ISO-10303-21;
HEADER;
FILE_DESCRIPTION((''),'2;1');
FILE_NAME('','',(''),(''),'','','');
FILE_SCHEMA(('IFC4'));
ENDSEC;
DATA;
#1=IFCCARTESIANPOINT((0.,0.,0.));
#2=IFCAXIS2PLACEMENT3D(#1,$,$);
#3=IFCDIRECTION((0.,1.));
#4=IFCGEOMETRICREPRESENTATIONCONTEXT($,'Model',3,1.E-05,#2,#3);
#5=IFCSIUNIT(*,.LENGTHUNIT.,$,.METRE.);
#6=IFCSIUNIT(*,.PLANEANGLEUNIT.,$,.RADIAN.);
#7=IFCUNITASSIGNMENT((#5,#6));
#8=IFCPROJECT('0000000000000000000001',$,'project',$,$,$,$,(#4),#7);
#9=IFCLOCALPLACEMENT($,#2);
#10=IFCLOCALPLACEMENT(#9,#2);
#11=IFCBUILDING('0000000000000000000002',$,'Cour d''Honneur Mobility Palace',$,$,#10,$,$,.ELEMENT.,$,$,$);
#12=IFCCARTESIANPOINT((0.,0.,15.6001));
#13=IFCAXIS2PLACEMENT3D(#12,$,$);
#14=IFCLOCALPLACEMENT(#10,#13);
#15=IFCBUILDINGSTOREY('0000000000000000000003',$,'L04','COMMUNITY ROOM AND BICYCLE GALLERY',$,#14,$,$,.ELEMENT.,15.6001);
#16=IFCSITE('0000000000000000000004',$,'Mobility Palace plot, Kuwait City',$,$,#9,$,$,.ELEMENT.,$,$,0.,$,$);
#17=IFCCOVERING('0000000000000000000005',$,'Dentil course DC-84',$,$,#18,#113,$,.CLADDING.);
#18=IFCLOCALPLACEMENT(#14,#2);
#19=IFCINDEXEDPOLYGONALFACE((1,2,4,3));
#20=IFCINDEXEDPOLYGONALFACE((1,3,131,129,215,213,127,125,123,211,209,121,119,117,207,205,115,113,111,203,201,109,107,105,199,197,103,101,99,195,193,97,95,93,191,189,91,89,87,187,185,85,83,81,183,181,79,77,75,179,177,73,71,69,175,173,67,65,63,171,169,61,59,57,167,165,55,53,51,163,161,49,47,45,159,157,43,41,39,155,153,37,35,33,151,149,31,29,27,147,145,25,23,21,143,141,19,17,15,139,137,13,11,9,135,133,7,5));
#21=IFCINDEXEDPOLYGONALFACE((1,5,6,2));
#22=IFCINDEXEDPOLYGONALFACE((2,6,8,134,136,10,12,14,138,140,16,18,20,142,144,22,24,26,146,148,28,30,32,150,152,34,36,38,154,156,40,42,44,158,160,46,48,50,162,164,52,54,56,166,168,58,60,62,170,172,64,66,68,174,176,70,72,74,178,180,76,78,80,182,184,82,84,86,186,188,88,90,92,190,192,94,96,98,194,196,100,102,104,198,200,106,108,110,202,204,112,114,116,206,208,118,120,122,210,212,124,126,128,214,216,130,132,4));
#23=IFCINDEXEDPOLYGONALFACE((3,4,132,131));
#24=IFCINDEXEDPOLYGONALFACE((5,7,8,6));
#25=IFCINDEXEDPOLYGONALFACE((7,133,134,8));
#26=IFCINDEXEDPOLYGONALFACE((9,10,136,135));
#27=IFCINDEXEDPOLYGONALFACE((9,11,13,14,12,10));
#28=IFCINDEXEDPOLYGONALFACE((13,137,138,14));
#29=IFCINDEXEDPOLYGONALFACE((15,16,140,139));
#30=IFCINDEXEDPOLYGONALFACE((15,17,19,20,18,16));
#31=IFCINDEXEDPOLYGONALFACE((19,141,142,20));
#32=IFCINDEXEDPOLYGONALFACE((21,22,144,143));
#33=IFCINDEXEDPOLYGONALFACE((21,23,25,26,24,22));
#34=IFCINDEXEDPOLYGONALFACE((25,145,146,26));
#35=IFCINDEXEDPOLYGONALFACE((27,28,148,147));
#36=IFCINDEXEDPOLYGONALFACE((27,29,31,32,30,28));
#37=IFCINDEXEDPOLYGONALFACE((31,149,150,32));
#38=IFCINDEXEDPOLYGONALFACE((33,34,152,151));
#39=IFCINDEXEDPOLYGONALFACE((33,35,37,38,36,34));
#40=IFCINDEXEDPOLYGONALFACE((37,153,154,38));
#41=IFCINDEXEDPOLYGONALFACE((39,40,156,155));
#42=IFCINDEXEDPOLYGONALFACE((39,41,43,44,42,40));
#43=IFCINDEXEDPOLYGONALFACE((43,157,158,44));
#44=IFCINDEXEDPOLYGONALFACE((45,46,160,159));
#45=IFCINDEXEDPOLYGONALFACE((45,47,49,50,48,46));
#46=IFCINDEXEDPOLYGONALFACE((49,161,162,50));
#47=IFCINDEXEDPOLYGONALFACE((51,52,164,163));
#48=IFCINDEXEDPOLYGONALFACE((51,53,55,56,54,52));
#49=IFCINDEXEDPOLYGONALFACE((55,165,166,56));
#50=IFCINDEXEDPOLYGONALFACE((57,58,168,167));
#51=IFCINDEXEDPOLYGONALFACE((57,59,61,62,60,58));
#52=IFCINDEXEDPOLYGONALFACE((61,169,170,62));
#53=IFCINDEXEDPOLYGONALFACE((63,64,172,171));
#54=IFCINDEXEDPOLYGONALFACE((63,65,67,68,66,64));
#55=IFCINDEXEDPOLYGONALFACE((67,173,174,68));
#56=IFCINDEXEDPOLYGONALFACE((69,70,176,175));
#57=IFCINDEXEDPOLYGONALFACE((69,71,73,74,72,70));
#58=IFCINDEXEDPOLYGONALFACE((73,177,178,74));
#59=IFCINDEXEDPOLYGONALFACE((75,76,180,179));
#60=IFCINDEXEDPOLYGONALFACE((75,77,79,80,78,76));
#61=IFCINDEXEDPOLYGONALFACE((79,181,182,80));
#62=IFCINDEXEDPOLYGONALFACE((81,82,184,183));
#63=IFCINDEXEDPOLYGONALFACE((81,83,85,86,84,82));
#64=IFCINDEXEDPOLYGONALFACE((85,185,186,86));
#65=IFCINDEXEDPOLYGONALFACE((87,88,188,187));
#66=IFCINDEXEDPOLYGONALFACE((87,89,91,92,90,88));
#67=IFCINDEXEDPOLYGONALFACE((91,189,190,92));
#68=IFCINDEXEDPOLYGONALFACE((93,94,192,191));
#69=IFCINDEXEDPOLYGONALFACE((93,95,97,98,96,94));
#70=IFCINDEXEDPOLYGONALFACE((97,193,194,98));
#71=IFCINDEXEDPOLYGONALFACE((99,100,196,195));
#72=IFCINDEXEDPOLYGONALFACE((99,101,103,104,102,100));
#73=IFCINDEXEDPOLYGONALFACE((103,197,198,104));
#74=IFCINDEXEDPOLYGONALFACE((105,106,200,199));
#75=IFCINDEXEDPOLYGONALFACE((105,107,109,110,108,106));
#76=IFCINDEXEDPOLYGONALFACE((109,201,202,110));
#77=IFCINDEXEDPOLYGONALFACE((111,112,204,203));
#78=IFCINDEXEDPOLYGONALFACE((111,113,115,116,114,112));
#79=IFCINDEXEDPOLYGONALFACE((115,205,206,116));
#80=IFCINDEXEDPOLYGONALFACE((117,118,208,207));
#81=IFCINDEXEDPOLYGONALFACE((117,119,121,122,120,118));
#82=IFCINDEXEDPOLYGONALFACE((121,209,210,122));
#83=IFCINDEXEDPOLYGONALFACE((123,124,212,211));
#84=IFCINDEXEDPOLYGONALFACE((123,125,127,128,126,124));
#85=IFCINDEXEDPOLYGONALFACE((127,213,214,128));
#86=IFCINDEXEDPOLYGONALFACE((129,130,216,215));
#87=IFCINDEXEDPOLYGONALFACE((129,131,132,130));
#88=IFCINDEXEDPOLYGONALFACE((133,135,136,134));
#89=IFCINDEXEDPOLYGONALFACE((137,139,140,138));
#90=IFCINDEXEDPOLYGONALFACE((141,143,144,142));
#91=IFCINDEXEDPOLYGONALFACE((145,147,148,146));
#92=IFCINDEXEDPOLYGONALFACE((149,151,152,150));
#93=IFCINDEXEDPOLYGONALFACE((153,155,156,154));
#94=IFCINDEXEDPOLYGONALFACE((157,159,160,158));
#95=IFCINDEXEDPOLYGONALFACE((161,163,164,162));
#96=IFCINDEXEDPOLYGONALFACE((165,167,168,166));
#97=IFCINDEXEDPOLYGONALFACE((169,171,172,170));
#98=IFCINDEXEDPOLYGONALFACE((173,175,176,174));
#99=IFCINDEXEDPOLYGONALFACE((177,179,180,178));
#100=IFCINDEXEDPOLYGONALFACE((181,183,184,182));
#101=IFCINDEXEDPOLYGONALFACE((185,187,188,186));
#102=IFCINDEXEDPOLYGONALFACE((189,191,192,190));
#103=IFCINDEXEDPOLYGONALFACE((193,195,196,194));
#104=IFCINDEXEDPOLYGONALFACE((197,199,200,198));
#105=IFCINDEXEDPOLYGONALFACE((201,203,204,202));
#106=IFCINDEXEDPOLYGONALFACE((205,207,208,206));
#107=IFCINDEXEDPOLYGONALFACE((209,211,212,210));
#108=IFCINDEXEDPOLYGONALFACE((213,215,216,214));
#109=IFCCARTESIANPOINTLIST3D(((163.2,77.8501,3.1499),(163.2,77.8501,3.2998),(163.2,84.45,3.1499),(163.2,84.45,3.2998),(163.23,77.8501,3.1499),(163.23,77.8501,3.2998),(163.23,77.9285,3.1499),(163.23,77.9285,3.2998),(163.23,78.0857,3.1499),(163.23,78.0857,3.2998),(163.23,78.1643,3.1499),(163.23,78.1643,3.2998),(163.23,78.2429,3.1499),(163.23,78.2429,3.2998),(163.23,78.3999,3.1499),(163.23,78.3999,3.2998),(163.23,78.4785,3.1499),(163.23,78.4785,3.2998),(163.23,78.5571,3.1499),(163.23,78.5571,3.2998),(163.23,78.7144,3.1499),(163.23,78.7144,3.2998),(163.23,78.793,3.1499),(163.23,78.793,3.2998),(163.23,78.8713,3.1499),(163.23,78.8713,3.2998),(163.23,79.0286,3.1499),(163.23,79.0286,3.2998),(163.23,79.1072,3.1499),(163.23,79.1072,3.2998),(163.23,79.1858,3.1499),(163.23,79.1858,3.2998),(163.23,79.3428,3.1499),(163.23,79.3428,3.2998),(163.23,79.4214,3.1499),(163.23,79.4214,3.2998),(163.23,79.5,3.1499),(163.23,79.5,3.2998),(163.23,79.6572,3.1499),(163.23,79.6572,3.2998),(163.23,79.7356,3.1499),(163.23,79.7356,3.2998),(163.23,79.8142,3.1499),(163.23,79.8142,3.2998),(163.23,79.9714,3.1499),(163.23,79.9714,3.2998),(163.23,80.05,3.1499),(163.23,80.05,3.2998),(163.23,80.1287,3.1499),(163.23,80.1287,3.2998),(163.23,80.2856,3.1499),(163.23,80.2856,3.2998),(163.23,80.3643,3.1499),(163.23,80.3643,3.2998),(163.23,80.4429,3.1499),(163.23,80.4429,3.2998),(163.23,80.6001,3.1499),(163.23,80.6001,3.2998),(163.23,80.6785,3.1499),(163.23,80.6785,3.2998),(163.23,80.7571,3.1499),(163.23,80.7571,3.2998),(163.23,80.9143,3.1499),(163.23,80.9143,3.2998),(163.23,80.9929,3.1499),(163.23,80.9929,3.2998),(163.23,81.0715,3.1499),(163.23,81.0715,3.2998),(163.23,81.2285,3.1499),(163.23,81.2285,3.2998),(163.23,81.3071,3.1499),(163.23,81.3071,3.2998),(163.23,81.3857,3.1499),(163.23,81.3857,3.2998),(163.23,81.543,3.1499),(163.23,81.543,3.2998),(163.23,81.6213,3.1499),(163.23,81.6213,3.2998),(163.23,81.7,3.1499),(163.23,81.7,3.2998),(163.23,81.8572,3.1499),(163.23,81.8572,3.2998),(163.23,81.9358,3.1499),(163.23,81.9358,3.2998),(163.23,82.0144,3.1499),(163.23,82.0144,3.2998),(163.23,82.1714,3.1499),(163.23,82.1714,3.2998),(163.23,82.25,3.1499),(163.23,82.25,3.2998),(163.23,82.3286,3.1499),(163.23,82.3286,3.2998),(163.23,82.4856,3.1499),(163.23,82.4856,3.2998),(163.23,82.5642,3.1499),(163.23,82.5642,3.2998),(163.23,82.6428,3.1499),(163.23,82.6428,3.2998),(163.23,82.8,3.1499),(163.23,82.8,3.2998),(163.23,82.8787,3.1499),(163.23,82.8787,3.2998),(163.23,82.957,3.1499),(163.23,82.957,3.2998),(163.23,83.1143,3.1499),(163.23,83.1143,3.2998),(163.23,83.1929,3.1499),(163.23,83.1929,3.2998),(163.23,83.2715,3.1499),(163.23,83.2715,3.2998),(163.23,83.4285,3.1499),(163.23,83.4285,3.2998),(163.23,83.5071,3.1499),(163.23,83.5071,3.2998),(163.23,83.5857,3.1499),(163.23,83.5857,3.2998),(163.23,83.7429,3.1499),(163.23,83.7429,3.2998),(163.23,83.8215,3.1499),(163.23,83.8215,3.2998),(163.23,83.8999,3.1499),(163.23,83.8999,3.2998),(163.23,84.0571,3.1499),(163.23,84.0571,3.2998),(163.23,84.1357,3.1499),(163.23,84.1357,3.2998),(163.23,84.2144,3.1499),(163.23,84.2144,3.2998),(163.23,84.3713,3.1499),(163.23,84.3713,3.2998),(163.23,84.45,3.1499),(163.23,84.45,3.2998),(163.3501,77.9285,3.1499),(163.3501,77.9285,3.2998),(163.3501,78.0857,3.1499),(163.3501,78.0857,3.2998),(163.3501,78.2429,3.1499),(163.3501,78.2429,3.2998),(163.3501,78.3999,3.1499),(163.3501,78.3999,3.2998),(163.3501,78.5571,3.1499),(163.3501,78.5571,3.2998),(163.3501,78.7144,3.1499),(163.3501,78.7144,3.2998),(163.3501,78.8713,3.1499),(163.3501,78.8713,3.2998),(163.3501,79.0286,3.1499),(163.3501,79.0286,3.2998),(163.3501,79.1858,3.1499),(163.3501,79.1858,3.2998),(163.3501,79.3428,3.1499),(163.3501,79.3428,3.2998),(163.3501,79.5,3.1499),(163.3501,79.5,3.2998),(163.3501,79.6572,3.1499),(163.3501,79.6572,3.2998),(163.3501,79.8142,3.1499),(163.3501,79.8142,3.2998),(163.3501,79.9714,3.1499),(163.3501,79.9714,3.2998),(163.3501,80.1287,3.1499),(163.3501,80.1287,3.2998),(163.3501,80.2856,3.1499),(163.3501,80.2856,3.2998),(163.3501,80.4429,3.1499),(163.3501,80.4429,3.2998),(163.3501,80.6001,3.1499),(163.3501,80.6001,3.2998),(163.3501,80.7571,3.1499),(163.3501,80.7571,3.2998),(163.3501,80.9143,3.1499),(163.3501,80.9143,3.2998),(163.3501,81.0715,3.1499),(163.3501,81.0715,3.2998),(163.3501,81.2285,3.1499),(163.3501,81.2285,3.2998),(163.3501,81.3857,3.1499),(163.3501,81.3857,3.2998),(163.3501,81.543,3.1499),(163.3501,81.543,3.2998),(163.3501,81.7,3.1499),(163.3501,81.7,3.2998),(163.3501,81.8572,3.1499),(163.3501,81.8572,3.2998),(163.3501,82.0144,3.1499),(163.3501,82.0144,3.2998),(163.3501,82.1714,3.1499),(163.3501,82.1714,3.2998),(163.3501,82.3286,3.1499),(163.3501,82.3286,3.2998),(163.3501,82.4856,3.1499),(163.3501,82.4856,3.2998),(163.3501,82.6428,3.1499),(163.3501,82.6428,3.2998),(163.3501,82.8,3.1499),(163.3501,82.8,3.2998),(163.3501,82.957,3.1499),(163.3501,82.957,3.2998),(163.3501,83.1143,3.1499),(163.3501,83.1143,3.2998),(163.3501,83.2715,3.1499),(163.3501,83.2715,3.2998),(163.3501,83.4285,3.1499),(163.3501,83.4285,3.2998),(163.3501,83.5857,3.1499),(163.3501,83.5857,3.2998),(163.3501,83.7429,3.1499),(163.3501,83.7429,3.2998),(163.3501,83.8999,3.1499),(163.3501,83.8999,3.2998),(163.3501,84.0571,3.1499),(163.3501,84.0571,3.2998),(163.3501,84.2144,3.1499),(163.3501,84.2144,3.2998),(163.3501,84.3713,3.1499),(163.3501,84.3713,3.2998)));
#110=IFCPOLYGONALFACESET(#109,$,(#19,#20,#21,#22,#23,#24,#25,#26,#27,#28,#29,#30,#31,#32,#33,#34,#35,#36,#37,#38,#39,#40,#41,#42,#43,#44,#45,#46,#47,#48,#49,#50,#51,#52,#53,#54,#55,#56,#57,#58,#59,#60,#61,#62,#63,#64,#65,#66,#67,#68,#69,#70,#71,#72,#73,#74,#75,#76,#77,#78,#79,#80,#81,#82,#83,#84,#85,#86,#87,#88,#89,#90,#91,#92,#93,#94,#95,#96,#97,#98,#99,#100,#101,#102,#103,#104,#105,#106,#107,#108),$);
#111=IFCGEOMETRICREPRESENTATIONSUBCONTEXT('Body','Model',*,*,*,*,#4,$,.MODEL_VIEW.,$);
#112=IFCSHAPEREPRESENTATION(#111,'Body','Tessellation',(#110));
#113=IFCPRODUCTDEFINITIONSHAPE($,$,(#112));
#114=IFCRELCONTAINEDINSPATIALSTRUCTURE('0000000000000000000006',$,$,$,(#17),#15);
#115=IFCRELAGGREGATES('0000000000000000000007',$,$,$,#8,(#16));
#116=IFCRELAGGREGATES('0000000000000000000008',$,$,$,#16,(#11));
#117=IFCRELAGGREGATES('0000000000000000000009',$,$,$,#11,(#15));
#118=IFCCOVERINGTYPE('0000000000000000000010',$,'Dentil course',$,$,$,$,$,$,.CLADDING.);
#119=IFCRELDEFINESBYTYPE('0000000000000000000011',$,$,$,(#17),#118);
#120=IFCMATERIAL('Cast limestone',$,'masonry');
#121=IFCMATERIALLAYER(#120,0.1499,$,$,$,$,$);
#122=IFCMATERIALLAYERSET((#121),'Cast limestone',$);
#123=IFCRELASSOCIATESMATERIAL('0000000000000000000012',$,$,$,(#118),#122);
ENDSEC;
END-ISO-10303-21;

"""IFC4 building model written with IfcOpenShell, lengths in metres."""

from ifc_helpers import new_model, si_unit, direction, frame, origin, place, context, subcontext, project, spatial, polyline, outline, extrude, material, layer, layer_set, type_object, element, save


model = new_model("IFC4")

# Units and contexts
model_context = context("Model", 3, precision=1e-05, world=origin(), true_north=direction((0.0, 1.0)))
body_context = subcontext(model_context, "Body", "Model", "MODEL_VIEW")
ifc_project = project(units=[si_unit("LENGTHUNIT", "METRE"), si_unit("PLANEANGLEUNIT", "RADIAN")], contexts=[model_context])

# Site, building, storey
site_placement = place(None, origin())
site = spatial("IfcSite", under=ifc_project, at=site_placement, Name="Mobility Palace plot, Kuwait City", CompositionType="ELEMENT", RefElevation=0.0)
building_placement = place(site_placement, origin())
building = spatial("IfcBuilding", under=site, at=building_placement, Name="Cour d'Honneur Mobility Palace", CompositionType="ELEMENT")
storey_placement = place(building_placement, frame((0.0, 0.0, 15.6001)))
storey = spatial("IfcBuildingStorey", under=building, at=storey_placement, Name="L04", Description="COMMUNITY ROOM AND BICYCLE GALLERY", CompositionType="ELEMENT", Elevation=15.6001)

# Covering
ifc_material_1 = material(Name="Cast limestone", Category="masonry")
ifc_layer_1 = layer(ifc_material_1, 0.1499)
ifc_layer_set_1 = layer_set([ifc_layer_1], Name="Cast limestone")
covering_type_1 = type_object("IfcCoveringType", Name="Dentil course", PredefinedType="CLADDING", material=ifc_layer_set_1)
covering_1_placement = place(storey_placement, frame((0.0, 0.0, 3.1499)))
element("IfcCovering", 1, at=covering_1_placement, inside=storey, type_object=covering_type_1, Name="Dentil course DC-84", PredefinedType="CLADDING", context=body_context, shape_type="SweptSolid", body=[
    extrude(outline(polyline([(163.2, 77.8501), (163.2, 84.45), (163.23, 84.45), (163.23, 84.45), (163.23, 84.3713), (163.3501, 84.3713), (163.3501, 84.2144), (163.23, 84.2144), (163.23, 84.1357), (163.23, 84.1357), (163.23, 84.0571), (163.3501, 84.0571), (163.3501, 83.8999), (163.23, 83.8999), (163.23, 83.8215), (163.23, 83.8215), (163.23, 83.7429), (163.3501, 83.7429), (163.3501, 83.5857), (163.23, 83.5857), (163.23, 83.5071), (163.23, 83.5071), (163.23, 83.4285), (163.3501, 83.4285), (163.3501, 83.2715), (163.23, 83.2715), (163.23, 83.1929), (163.23, 83.1929), (163.23, 83.1143), (163.3501, 83.1143), (163.3501, 82.957), (163.23, 82.957), (163.23, 82.8787), (163.23, 82.8787), (163.23, 82.8), (163.3501, 82.8), (163.3501, 82.6428), (163.23, 82.6428), (163.23, 82.5642), (163.23, 82.5642), (163.23, 82.4856), (163.3501, 82.4856), (163.3501, 82.3286), (163.23, 82.3286), (163.23, 82.25), (163.23, 82.25), (163.23, 82.1714), (163.3501, 82.1714), (163.3501, 82.0144), (163.23, 82.0144), (163.23, 81.9358), (163.23, 81.9358), (163.23, 81.8572), (163.3501, 81.8572), (163.3501, 81.7), (163.23, 81.7), (163.23, 81.6213), (163.23, 81.6213), (163.23, 81.543), (163.3501, 81.543), (163.3501, 81.3857), (163.23, 81.3857), (163.23, 81.3071), (163.23, 81.3071), (163.23, 81.2285), (163.3501, 81.2285), (163.3501, 81.0715), (163.23, 81.0715), (163.23, 80.9929), (163.23, 80.9929), (163.23, 80.9143), (163.3501, 80.9143), (163.3501, 80.7571), (163.23, 80.7571), (163.23, 80.6785), (163.23, 80.6785), (163.23, 80.6001), (163.3501, 80.6001), (163.3501, 80.4429), (163.23, 80.4429), (163.23, 80.3643), (163.23, 80.3643), (163.23, 80.2856), (163.3501, 80.2856), (163.3501, 80.1287), (163.23, 80.1287), (163.23, 80.05), (163.23, 80.05), (163.23, 79.9714), (163.3501, 79.9714), (163.3501, 79.8142), (163.23, 79.8142), (163.23, 79.7356), (163.23, 79.7356), (163.23, 79.6572), (163.3501, 79.6572), (163.3501, 79.5), (163.23, 79.5), (163.23, 79.4214), (163.23, 79.4214), (163.23, 79.3428), (163.3501, 79.3428), (163.3501, 79.1858), (163.23, 79.1858), (163.23, 79.1072), (163.23, 79.1072), (163.23, 79.0286), (163.3501, 79.0286), (163.3501, 78.8713), (163.23, 78.8713), (163.23, 78.793), (163.23, 78.793), (163.23, 78.7144), (163.3501, 78.7144), (163.3501, 78.5571), (163.23, 78.5571), (163.23, 78.4785), (163.23, 78.4785), (163.23, 78.3999), (163.3501, 78.3999), (163.3501, 78.2429), (163.23, 78.2429), (163.23, 78.1643), (163.23, 78.1643), (163.23, 78.0857), (163.3501, 78.0857), (163.3501, 77.9285), (163.23, 77.9285), (163.23, 77.8501), (163.2, 77.8501)])), origin(), (0.0, 0.0, 1.0), 0.1499),
])

save(model, "model.ifc")
